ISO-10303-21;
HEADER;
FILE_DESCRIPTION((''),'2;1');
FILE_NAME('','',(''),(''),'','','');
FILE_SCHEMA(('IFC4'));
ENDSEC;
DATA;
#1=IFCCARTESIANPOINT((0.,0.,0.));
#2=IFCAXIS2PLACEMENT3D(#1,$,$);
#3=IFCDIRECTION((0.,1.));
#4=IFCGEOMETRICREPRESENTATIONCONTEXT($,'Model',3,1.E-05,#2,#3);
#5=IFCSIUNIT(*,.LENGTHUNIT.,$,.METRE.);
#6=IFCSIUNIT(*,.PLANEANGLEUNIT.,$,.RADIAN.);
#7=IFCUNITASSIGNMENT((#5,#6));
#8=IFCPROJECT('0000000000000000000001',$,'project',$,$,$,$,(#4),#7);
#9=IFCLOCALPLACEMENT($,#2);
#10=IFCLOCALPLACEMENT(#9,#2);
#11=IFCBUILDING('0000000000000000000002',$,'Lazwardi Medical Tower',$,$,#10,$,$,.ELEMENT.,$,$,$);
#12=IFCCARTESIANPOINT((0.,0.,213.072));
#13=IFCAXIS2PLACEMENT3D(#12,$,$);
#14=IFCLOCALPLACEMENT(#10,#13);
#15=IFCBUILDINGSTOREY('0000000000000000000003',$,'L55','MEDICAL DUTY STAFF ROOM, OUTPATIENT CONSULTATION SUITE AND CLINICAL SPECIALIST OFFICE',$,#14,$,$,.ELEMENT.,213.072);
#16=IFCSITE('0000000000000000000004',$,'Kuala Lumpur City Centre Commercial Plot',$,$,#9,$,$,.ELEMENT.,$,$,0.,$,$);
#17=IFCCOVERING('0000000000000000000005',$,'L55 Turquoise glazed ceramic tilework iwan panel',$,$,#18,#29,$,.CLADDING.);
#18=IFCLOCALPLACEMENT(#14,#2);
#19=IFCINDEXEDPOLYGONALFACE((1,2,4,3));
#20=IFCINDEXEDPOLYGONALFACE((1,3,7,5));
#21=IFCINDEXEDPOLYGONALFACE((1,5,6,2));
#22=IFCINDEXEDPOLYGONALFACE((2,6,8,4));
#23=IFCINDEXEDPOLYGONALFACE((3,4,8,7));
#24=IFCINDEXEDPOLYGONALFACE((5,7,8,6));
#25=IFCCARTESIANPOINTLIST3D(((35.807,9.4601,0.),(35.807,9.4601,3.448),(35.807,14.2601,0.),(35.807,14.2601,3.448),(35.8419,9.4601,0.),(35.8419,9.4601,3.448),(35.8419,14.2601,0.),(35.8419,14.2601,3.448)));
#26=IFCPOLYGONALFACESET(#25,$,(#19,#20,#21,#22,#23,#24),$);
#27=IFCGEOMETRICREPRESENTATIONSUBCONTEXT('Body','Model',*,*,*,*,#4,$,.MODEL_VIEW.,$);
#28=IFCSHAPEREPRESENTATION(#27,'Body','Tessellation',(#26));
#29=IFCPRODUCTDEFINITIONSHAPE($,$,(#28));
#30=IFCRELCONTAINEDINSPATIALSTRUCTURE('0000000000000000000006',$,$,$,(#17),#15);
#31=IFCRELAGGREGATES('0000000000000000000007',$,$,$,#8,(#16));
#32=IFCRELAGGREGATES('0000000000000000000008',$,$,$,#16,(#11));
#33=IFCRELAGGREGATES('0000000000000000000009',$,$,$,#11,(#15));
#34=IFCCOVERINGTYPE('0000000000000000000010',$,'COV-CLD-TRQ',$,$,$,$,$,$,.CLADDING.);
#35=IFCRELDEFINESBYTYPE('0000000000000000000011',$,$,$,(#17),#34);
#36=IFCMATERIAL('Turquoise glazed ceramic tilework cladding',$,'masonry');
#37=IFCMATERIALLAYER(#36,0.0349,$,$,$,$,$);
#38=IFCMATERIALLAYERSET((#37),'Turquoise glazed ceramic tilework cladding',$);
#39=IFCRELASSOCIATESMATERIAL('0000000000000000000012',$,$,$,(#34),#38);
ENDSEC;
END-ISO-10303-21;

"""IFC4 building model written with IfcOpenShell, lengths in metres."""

from ifc_helpers import new_model, si_unit, direction, frame, origin, origin_2d, place, context, subcontext, project, spatial, rectangle, extrude, material, layer, layer_set, type_object, element, save


model = new_model("IFC4")

# Units and contexts
model_context = context("Model", 3, precision=1e-05, world=origin(), true_north=direction((0.0, 1.0)))
body_context = subcontext(model_context, "Body", "Model", "MODEL_VIEW")
ifc_project = project(units=[si_unit("LENGTHUNIT", "METRE"), si_unit("PLANEANGLEUNIT", "RADIAN")], contexts=[model_context])

# Site, building, storey
site_placement = place(None, origin())
site = spatial("IfcSite", under=ifc_project, at=site_placement, Name="Kuala Lumpur City Centre Commercial Plot", CompositionType="ELEMENT", RefElevation=0.0)
building_placement = place(site_placement, origin())
building = spatial("IfcBuilding", under=site, at=building_placement, Name="Lazwardi Medical Tower", CompositionType="ELEMENT")
storey_placement = place(building_placement, frame((0.0, 0.0, 213.072)))
storey = spatial("IfcBuildingStorey", under=building, at=storey_placement, Name="L55", Description="MEDICAL DUTY STAFF ROOM, OUTPATIENT CONSULTATION SUITE AND CLINICAL SPECIALIST OFFICE", CompositionType="ELEMENT", Elevation=213.072)

# Covering
ifc_material_1 = material(Name="Turquoise glazed ceramic tilework cladding", Category="masonry")
ifc_layer_1 = layer(ifc_material_1, 0.0349)
ifc_layer_set_1 = layer_set([ifc_layer_1], Name="Turquoise glazed ceramic tilework cladding")
covering_type_1 = type_object("IfcCoveringType", Name="COV-CLD-TRQ", PredefinedType="CLADDING", material=ifc_layer_set_1)
covering_1_placement = place(storey_placement, frame((35.8245, 11.8601, 0.0), z_axis=(0.0, 0.0, 1.0), x_axis=(0.0, 1.0, 0.0)))
element("IfcCovering", 1, at=covering_1_placement, inside=storey, type_object=covering_type_1, Name="L55 Turquoise glazed ceramic tilework iwan panel", PredefinedType="CLADDING", context=body_context, shape_type="SweptSolid", body=[
    extrude(rectangle(XDim=4.8, YDim=0.0349, at=origin_2d()), origin(), (0.0, 0.0, 1.0), 3.448),
])

save(model, "model.ifc")
